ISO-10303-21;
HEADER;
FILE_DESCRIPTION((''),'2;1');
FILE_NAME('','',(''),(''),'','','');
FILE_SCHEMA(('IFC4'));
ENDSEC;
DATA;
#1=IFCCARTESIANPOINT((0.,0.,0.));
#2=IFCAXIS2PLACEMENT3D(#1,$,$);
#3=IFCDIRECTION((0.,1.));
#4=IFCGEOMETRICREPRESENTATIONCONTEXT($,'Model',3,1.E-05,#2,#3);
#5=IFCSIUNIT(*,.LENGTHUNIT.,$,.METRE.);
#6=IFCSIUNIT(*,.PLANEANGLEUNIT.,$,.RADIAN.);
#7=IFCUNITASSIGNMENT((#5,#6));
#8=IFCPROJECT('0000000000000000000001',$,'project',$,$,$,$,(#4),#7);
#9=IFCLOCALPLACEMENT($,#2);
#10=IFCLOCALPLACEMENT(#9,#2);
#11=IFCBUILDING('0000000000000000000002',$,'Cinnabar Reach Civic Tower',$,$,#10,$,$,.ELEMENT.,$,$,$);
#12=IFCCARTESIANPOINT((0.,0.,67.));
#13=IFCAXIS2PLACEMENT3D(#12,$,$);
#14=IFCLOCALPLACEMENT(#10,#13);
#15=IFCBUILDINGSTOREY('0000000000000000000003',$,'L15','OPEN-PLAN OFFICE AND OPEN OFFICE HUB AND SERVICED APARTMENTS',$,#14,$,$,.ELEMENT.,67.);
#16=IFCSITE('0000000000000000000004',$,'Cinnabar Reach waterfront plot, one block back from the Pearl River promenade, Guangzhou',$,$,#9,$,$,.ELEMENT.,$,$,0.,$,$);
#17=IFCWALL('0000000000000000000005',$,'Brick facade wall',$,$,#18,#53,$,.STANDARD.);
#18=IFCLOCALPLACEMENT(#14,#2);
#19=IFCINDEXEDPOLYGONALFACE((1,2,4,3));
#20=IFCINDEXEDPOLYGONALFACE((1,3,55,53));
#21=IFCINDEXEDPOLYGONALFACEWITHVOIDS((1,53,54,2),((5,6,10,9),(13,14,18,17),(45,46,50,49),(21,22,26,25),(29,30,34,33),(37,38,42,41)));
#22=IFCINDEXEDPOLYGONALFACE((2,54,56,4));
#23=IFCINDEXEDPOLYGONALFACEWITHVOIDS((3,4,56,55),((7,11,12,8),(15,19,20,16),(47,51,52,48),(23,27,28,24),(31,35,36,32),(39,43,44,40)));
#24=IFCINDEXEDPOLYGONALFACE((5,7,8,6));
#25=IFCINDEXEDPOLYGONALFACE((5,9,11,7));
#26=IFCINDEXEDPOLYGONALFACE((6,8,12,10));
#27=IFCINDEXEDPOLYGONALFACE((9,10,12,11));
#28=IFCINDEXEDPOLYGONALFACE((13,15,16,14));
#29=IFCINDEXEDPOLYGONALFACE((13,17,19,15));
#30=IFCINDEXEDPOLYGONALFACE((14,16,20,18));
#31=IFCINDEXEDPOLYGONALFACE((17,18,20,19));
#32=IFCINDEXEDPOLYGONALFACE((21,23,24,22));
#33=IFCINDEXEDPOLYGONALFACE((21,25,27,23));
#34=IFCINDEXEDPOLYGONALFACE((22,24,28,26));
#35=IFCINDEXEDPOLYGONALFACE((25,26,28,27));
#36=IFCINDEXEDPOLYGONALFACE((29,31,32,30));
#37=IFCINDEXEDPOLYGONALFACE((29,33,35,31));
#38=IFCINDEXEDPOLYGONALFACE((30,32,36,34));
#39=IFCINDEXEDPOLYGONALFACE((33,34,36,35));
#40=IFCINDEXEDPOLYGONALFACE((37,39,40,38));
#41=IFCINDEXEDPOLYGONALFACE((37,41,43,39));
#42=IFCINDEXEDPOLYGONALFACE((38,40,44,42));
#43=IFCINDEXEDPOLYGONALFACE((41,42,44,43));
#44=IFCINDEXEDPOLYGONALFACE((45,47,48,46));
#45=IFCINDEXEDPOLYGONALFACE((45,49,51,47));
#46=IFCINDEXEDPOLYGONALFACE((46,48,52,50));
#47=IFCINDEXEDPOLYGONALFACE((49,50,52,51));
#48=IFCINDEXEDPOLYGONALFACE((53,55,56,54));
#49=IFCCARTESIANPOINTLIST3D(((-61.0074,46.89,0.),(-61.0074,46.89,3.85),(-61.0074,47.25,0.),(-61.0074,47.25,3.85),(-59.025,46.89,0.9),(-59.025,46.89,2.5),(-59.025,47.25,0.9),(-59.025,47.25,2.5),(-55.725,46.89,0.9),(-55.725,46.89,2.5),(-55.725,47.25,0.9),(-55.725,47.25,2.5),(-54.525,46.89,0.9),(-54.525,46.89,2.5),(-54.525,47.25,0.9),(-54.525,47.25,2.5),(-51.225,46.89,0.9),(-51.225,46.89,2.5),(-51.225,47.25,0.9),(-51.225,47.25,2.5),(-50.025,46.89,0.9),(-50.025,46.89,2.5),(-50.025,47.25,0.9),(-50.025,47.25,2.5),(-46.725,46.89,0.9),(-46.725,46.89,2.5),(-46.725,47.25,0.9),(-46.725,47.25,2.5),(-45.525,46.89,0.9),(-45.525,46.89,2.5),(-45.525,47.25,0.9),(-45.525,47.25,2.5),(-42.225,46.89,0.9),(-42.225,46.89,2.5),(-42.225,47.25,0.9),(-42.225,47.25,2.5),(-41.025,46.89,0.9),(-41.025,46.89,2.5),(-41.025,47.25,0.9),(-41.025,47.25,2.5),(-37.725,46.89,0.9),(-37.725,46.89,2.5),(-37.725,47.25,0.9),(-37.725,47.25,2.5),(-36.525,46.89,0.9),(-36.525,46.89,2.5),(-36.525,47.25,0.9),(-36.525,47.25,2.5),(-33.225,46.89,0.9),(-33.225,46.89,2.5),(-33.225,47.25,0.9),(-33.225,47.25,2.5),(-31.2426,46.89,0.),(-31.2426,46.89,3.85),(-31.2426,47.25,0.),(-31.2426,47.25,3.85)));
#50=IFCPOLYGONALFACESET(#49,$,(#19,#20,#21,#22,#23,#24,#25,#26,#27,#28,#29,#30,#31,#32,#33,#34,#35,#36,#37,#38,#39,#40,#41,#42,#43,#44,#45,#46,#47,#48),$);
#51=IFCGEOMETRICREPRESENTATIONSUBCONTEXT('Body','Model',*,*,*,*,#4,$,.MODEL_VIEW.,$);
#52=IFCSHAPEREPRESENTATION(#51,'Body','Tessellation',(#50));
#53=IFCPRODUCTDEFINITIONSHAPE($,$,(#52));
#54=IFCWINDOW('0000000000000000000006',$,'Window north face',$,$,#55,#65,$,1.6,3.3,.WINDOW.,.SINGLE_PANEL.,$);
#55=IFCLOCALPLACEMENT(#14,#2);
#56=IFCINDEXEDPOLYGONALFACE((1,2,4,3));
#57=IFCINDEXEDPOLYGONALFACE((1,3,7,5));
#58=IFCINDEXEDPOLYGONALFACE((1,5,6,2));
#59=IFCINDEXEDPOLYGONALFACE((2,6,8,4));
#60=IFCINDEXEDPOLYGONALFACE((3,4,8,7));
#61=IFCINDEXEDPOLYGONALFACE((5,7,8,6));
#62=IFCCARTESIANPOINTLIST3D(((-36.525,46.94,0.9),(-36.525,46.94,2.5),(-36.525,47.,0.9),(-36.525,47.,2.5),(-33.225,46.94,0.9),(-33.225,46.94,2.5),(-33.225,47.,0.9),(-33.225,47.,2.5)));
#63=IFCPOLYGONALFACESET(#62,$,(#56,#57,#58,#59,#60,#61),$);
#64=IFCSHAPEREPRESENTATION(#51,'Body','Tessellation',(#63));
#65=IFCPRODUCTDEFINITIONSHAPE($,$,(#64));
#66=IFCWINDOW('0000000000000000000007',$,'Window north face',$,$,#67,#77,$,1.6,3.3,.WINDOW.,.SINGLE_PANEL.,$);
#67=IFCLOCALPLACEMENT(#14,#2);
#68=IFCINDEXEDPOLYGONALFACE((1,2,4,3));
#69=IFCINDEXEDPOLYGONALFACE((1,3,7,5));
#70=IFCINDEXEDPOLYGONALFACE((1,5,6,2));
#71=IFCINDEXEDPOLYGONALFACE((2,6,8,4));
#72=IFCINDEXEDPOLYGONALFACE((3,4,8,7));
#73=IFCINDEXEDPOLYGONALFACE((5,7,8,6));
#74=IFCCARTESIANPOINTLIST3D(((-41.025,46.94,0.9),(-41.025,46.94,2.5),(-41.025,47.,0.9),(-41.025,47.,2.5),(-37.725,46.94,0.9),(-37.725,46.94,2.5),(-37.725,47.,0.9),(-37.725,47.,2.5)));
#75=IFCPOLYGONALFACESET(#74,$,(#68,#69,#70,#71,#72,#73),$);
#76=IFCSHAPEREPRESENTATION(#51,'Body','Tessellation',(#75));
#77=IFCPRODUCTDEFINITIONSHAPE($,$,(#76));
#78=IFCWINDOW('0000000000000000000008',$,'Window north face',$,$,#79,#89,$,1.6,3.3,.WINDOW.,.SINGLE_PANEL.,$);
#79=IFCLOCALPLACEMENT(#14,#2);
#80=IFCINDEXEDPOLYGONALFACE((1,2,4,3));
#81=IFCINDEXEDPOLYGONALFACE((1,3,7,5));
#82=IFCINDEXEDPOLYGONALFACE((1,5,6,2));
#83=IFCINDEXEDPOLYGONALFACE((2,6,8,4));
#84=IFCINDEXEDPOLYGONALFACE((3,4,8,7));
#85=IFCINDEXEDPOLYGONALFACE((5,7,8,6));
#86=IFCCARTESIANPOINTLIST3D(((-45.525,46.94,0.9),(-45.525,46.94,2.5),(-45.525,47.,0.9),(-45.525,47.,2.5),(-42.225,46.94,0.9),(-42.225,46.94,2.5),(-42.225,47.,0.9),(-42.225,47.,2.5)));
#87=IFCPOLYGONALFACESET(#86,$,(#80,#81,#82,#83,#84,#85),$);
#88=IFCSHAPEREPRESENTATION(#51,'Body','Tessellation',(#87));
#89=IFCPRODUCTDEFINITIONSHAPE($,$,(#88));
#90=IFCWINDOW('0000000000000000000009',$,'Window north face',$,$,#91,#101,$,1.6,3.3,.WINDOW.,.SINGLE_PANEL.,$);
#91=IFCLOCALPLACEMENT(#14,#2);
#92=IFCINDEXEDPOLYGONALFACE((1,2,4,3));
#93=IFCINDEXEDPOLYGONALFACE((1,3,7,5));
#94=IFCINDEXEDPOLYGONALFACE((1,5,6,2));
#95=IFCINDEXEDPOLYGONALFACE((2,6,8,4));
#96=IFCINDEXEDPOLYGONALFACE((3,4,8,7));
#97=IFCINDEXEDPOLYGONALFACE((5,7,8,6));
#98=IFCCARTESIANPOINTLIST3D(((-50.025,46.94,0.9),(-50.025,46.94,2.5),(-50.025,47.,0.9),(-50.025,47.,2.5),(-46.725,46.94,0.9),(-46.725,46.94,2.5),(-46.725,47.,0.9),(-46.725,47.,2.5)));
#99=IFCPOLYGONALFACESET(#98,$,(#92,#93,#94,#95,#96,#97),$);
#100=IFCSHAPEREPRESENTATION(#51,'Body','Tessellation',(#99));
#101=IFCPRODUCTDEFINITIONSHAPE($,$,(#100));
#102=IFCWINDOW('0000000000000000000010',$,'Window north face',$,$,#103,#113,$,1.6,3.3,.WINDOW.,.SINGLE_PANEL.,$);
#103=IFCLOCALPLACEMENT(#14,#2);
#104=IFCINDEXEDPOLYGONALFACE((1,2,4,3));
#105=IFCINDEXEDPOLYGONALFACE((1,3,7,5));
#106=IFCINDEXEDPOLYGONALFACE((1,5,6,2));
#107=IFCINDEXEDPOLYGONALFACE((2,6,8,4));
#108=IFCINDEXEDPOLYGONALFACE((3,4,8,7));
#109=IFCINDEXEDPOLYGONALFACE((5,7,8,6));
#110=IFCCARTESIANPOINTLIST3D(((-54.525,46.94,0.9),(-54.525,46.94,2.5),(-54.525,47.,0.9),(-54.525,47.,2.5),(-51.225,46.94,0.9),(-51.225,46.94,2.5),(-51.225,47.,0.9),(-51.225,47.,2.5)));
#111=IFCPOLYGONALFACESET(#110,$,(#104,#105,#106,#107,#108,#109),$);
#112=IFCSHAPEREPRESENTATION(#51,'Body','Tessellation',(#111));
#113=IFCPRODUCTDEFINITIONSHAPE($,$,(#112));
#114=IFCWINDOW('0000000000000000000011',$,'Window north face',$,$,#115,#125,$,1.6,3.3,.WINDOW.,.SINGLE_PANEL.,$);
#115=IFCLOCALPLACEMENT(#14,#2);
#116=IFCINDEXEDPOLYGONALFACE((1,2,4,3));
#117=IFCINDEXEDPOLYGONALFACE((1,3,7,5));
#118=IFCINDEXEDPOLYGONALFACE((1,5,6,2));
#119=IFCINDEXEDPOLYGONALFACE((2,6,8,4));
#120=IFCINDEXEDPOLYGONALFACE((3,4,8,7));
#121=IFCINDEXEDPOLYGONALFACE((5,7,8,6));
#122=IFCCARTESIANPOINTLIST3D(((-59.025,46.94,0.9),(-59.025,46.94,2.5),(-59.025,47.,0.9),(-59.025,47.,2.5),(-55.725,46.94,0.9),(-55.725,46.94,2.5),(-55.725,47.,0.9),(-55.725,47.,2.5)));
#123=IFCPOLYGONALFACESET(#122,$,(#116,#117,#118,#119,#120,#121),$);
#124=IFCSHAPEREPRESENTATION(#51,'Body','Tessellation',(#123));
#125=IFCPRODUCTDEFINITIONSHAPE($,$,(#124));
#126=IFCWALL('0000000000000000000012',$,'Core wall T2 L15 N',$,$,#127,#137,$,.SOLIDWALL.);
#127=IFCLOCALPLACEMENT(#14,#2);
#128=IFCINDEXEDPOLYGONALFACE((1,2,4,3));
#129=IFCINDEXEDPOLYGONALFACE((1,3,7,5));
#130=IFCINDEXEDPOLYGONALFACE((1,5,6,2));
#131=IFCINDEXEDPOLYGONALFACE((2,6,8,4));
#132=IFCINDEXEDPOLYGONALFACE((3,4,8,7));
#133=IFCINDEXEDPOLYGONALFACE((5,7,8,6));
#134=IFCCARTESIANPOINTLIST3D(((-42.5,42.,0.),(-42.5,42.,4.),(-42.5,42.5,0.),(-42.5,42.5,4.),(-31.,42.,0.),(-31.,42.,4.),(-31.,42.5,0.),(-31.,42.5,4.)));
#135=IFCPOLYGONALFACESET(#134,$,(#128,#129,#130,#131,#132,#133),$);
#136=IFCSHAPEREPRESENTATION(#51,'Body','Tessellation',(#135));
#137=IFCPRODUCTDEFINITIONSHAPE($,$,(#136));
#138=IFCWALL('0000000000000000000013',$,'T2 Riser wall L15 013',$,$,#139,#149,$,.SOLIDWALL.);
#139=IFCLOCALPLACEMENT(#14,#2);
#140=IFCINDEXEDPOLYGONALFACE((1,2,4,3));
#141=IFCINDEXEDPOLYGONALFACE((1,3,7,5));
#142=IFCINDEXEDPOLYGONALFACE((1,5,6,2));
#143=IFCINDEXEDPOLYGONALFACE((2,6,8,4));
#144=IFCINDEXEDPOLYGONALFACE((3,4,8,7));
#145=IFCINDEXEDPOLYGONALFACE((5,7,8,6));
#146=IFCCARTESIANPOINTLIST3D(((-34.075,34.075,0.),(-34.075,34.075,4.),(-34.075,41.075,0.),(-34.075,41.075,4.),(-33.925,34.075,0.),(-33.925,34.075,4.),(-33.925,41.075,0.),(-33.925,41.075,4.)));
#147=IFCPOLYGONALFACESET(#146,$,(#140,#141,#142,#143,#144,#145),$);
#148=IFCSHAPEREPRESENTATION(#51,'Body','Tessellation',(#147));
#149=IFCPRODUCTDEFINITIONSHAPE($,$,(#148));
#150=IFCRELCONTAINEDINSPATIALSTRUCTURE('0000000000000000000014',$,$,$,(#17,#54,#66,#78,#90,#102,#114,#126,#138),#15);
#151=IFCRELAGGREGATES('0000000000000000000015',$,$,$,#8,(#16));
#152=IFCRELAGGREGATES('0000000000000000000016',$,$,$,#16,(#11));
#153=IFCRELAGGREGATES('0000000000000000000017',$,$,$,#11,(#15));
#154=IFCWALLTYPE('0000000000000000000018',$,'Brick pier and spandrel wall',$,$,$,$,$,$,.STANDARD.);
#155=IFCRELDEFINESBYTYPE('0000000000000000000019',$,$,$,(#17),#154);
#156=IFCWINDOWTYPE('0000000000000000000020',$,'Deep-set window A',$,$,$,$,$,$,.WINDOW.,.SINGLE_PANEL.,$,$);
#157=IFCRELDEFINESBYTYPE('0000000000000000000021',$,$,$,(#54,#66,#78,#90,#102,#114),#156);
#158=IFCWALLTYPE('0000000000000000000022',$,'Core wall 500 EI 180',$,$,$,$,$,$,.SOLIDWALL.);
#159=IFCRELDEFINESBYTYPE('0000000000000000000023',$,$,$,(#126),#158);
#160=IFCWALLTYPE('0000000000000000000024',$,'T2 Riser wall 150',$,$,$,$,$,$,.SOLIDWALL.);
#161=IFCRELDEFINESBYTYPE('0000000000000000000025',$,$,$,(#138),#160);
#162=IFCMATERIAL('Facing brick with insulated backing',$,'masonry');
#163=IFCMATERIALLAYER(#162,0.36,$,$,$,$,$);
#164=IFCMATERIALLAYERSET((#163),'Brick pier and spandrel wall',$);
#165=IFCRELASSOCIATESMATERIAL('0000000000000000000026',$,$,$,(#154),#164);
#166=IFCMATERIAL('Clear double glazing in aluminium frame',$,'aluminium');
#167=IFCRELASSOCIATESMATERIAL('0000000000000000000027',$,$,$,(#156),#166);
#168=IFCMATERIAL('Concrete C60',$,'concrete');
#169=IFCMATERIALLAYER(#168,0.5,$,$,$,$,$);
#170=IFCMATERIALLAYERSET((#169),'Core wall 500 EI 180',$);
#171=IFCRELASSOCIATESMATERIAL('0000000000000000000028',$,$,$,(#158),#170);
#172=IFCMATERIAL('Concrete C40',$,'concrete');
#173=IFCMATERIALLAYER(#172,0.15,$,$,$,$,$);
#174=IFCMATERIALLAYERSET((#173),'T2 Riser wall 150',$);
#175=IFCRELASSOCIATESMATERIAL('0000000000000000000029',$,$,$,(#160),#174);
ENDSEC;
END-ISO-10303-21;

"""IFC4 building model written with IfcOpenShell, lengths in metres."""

from ifc_helpers import new_model, si_unit, direction, frame, frame_2d, origin, place, context, subcontext, project, spatial, rectangle, extrude, material, layer, layer_set, type_object, element, fill, save


model = new_model("IFC4")

# Units and contexts
model_context = context("Model", 3, precision=1e-05, world=origin(), true_north=direction((0.0, 1.0)))
body_context = subcontext(model_context, "Body", "Model", "MODEL_VIEW")
ifc_project = project(units=[si_unit("LENGTHUNIT", "METRE"), si_unit("PLANEANGLEUNIT", "RADIAN")], contexts=[model_context])

# Site, building, storey
site_placement = place(None, origin())
site = spatial("IfcSite", under=ifc_project, at=site_placement, Name="Cinnabar Reach waterfront plot, one block back from the Pearl River promenade, Guangzhou", CompositionType="ELEMENT", RefElevation=0.0)
building_placement = place(site_placement, origin())
building = spatial("IfcBuilding", under=site, at=building_placement, Name="Cinnabar Reach Civic Tower", CompositionType="ELEMENT")
storey_placement = place(building_placement, frame((0.0, 0.0, 67.0)))
storey = spatial("IfcBuildingStorey", under=building, at=storey_placement, Name="L15", Description="OPEN-PLAN OFFICE AND OPEN OFFICE HUB AND SERVICED APARTMENTS", CompositionType="ELEMENT", Elevation=67.0)

# Shared definitions
ifc_material_1 = material(Name="Concrete C60", Category="concrete")

# Shared definitions
ifc_material_2 = material(Name="Facing brick with insulated backing", Category="masonry")

# Wall, openings, windows
ifc_layer_1 = layer(ifc_material_2, 0.36)
ifc_layer_set_1 = layer_set([ifc_layer_1], Name="Brick pier and spandrel wall")
wall_type_1 = type_object("IfcWallType", Name="Brick pier and spandrel wall", PredefinedType="STANDARD", material=ifc_layer_set_1)
wall_1_placement = place(storey_placement, frame((-31.2426, 47.07, 0.0), z_axis=(0.0, 0.0, 1.0), x_axis=(-1.0, 0.0, 0.0)))
wall_1 = element("IfcWall", 1, at=wall_1_placement, inside=storey, type_object=wall_type_1, Name="Brick facade wall", PredefinedType="STANDARD", context=body_context, shape_type="SweptSolid", body=[
    extrude(rectangle(XDim=29.7648, YDim=0.36, at=frame_2d((14.8824, 0.0))), origin(), (0.0, 0.0, 1.0), 3.85),
])
opening_1_placement = place(wall_1_placement, frame((1.9824, 0.0, 0.9)))
opening_1 = element("IfcOpeningElement", 2, at=opening_1_placement, cuts=wall_1, PredefinedType="OPENING", context=body_context, shape_type="SweptSolid", body=[
    extrude(rectangle(XDim=3.3, YDim=1.6, at=frame_2d((1.65, 0.8))), frame((0.0, 0.19, 0.0), z_axis=(0.0, -1.0, 0.0), x_axis=(1.0, 0.0, 0.0)), (0.0, 0.0, 1.0), 0.38),
])
opening_2_placement = place(wall_1_placement, frame((6.4824, 0.0, 0.9)))
opening_2 = element("IfcOpeningElement", 3, at=opening_2_placement, cuts=wall_1, PredefinedType="OPENING", context=body_context, shape_type="SweptSolid", body=[
    extrude(rectangle(XDim=3.3, YDim=1.6, at=frame_2d((1.65, 0.8))), frame((0.0, 0.19, 0.0), z_axis=(0.0, -1.0, 0.0), x_axis=(1.0, 0.0, 0.0)), (0.0, 0.0, 1.0), 0.38),
])
opening_3_placement = place(wall_1_placement, frame((10.9824, 0.0, 0.9)))
opening_3 = element("IfcOpeningElement", 4, at=opening_3_placement, cuts=wall_1, PredefinedType="OPENING", context=body_context, shape_type="SweptSolid", body=[
    extrude(rectangle(XDim=3.3, YDim=1.6, at=frame_2d((1.65, 0.8))), frame((0.0, 0.19, 0.0), z_axis=(0.0, -1.0, 0.0), x_axis=(1.0, 0.0, 0.0)), (0.0, 0.0, 1.0), 0.38),
])
opening_4_placement = place(wall_1_placement, frame((15.4824, 0.0, 0.9)))
opening_4 = element("IfcOpeningElement", 5, at=opening_4_placement, cuts=wall_1, PredefinedType="OPENING", context=body_context, shape_type="SweptSolid", body=[
    extrude(rectangle(XDim=3.3, YDim=1.6, at=frame_2d((1.65, 0.8))), frame((0.0, 0.19, 0.0), z_axis=(0.0, -1.0, 0.0), x_axis=(1.0, 0.0, 0.0)), (0.0, 0.0, 1.0), 0.38),
])
opening_5_placement = place(wall_1_placement, frame((19.9824, 0.0, 0.9)))
opening_5 = element("IfcOpeningElement", 6, at=opening_5_placement, cuts=wall_1, PredefinedType="OPENING", context=body_context, shape_type="SweptSolid", body=[
    extrude(rectangle(XDim=3.3, YDim=1.6, at=frame_2d((1.65, 0.8))), frame((0.0, 0.19, 0.0), z_axis=(0.0, -1.0, 0.0), x_axis=(1.0, 0.0, 0.0)), (0.0, 0.0, 1.0), 0.38),
])
opening_6_placement = place(wall_1_placement, frame((24.4824, 0.0, 0.9)))
opening_6 = element("IfcOpeningElement", 7, at=opening_6_placement, cuts=wall_1, PredefinedType="OPENING", context=body_context, shape_type="SweptSolid", body=[
    extrude(rectangle(XDim=3.3, YDim=1.6, at=frame_2d((1.65, 0.8))), frame((0.0, 0.19, 0.0), z_axis=(0.0, -1.0, 0.0), x_axis=(1.0, 0.0, 0.0)), (0.0, 0.0, 1.0), 0.38),
])
ifc_material_3 = material(Name="Clear double glazing in aluminium frame", Category="aluminium")
window_type = type_object("IfcWindowType", Name="Deep-set window A", PartitioningType="SINGLE_PANEL", PredefinedType="WINDOW", material=ifc_material_3)
window_1_placement = place(opening_1_placement, origin())
window_1 = element("IfcWindow", 8, at=window_1_placement, inside=storey, type_object=window_type, Name="Window north face", OverallHeight=1.6, OverallWidth=3.3, PartitioningType="SINGLE_PANEL", PredefinedType="WINDOW", context=body_context, shape_type="SweptSolid", body=[
    extrude(rectangle(XDim=3.3, YDim=1.6, at=frame_2d((1.65, 0.8))), frame((0.0, 0.13, 0.0), z_axis=(0.0, -1.0, 0.0), x_axis=(1.0, 0.0, 0.0)), (0.0, 0.0, 1.0), 0.06),
])
fill(opening_1, window_1)
window_2_placement = place(opening_2_placement, origin())
window_2 = element("IfcWindow", 9, at=window_2_placement, inside=storey, type_object=window_type, Name="Window north face", OverallHeight=1.6, OverallWidth=3.3, PartitioningType="SINGLE_PANEL", PredefinedType="WINDOW", context=body_context, shape_type="SweptSolid", body=[
    extrude(rectangle(XDim=3.3, YDim=1.6, at=frame_2d((1.65, 0.8))), frame((0.0, 0.13, 0.0), z_axis=(0.0, -1.0, 0.0), x_axis=(1.0, 0.0, 0.0)), (0.0, 0.0, 1.0), 0.06),
])
fill(opening_2, window_2)
window_3_placement = place(opening_3_placement, origin())
window_3 = element("IfcWindow", 10, at=window_3_placement, inside=storey, type_object=window_type, Name="Window north face", OverallHeight=1.6, OverallWidth=3.3, PartitioningType="SINGLE_PANEL", PredefinedType="WINDOW", context=body_context, shape_type="SweptSolid", body=[
    extrude(rectangle(XDim=3.3, YDim=1.6, at=frame_2d((1.65, 0.8))), frame((0.0, 0.13, 0.0), z_axis=(0.0, -1.0, 0.0), x_axis=(1.0, 0.0, 0.0)), (0.0, 0.0, 1.0), 0.06),
])
fill(opening_3, window_3)
window_4_placement = place(opening_4_placement, origin())
window_4 = element("IfcWindow", 11, at=window_4_placement, inside=storey, type_object=window_type, Name="Window north face", OverallHeight=1.6, OverallWidth=3.3, PartitioningType="SINGLE_PANEL", PredefinedType="WINDOW", context=body_context, shape_type="SweptSolid", body=[
    extrude(rectangle(XDim=3.3, YDim=1.6, at=frame_2d((1.65, 0.8))), frame((0.0, 0.13, 0.0), z_axis=(0.0, -1.0, 0.0), x_axis=(1.0, 0.0, 0.0)), (0.0, 0.0, 1.0), 0.06),
])
fill(opening_4, window_4)
window_5_placement = place(opening_5_placement, origin())
window_5 = element("IfcWindow", 12, at=window_5_placement, inside=storey, type_object=window_type, Name="Window north face", OverallHeight=1.6, OverallWidth=3.3, PartitioningType="SINGLE_PANEL", PredefinedType="WINDOW", context=body_context, shape_type="SweptSolid", body=[
    extrude(rectangle(XDim=3.3, YDim=1.6, at=frame_2d((1.65, 0.8))), frame((0.0, 0.13, 0.0), z_axis=(0.0, -1.0, 0.0), x_axis=(1.0, 0.0, 0.0)), (0.0, 0.0, 1.0), 0.06),
])
fill(opening_5, window_5)
window_6_placement = place(opening_6_placement, origin())
window_6 = element("IfcWindow", 13, at=window_6_placement, inside=storey, type_object=window_type, Name="Window north face", OverallHeight=1.6, OverallWidth=3.3, PartitioningType="SINGLE_PANEL", PredefinedType="WINDOW", context=body_context, shape_type="SweptSolid", body=[
    extrude(rectangle(XDim=3.3, YDim=1.6, at=frame_2d((1.65, 0.8))), frame((0.0, 0.13, 0.0), z_axis=(0.0, -1.0, 0.0), x_axis=(1.0, 0.0, 0.0)), (0.0, 0.0, 1.0), 0.06),
])
fill(opening_6, window_6)

# Walls
ifc_layer_2 = layer(ifc_material_1, 0.5)
ifc_layer_set_2 = layer_set([ifc_layer_2], Name="Core wall 500 EI 180")
wall_type_2 = type_object("IfcWallType", Name="Core wall 500 EI 180", PredefinedType="SOLIDWALL", material=ifc_layer_set_2)
wall_2_placement = place(storey_placement, frame((-31.0, 42.25, 0.0), z_axis=(0.0, 0.0, 1.0), x_axis=(-1.0, 0.0, 0.0)))
element("IfcWall", 14, at=wall_2_placement, inside=storey, type_object=wall_type_2, Name="Core wall T2 L15 N", PredefinedType="SOLIDWALL", context=body_context, shape_type="SweptSolid", body=[
    extrude(rectangle(XDim=11.5, YDim=0.5, at=frame_2d((5.75, 0.0))), origin(), (0.0, 0.0, 1.0), 4.0),
])
ifc_material_4 = material(Name="Concrete C40", Category="concrete")
ifc_layer_3 = layer(ifc_material_4, 0.15)
ifc_layer_set_3 = layer_set([ifc_layer_3], Name="T2 Riser wall 150")
wall_type_3 = type_object("IfcWallType", Name="T2 Riser wall 150", PredefinedType="SOLIDWALL", material=ifc_layer_set_3)
wall_3_placement = place(storey_placement, frame((-34.0, 41.075, 0.0), z_axis=(0.0, 0.0, 1.0), x_axis=(0.0, -1.0, 0.0)))
element("IfcWall", 15, at=wall_3_placement, inside=storey, type_object=wall_type_3, Name="T2 Riser wall L15 013", PredefinedType="SOLIDWALL", context=body_context, shape_type="SweptSolid", body=[
    extrude(rectangle(XDim=7.0, YDim=0.15, at=frame_2d((3.5, 0.0))), origin(), (0.0, 0.0, 1.0), 4.0),
])

save(model, "model.ifc")
